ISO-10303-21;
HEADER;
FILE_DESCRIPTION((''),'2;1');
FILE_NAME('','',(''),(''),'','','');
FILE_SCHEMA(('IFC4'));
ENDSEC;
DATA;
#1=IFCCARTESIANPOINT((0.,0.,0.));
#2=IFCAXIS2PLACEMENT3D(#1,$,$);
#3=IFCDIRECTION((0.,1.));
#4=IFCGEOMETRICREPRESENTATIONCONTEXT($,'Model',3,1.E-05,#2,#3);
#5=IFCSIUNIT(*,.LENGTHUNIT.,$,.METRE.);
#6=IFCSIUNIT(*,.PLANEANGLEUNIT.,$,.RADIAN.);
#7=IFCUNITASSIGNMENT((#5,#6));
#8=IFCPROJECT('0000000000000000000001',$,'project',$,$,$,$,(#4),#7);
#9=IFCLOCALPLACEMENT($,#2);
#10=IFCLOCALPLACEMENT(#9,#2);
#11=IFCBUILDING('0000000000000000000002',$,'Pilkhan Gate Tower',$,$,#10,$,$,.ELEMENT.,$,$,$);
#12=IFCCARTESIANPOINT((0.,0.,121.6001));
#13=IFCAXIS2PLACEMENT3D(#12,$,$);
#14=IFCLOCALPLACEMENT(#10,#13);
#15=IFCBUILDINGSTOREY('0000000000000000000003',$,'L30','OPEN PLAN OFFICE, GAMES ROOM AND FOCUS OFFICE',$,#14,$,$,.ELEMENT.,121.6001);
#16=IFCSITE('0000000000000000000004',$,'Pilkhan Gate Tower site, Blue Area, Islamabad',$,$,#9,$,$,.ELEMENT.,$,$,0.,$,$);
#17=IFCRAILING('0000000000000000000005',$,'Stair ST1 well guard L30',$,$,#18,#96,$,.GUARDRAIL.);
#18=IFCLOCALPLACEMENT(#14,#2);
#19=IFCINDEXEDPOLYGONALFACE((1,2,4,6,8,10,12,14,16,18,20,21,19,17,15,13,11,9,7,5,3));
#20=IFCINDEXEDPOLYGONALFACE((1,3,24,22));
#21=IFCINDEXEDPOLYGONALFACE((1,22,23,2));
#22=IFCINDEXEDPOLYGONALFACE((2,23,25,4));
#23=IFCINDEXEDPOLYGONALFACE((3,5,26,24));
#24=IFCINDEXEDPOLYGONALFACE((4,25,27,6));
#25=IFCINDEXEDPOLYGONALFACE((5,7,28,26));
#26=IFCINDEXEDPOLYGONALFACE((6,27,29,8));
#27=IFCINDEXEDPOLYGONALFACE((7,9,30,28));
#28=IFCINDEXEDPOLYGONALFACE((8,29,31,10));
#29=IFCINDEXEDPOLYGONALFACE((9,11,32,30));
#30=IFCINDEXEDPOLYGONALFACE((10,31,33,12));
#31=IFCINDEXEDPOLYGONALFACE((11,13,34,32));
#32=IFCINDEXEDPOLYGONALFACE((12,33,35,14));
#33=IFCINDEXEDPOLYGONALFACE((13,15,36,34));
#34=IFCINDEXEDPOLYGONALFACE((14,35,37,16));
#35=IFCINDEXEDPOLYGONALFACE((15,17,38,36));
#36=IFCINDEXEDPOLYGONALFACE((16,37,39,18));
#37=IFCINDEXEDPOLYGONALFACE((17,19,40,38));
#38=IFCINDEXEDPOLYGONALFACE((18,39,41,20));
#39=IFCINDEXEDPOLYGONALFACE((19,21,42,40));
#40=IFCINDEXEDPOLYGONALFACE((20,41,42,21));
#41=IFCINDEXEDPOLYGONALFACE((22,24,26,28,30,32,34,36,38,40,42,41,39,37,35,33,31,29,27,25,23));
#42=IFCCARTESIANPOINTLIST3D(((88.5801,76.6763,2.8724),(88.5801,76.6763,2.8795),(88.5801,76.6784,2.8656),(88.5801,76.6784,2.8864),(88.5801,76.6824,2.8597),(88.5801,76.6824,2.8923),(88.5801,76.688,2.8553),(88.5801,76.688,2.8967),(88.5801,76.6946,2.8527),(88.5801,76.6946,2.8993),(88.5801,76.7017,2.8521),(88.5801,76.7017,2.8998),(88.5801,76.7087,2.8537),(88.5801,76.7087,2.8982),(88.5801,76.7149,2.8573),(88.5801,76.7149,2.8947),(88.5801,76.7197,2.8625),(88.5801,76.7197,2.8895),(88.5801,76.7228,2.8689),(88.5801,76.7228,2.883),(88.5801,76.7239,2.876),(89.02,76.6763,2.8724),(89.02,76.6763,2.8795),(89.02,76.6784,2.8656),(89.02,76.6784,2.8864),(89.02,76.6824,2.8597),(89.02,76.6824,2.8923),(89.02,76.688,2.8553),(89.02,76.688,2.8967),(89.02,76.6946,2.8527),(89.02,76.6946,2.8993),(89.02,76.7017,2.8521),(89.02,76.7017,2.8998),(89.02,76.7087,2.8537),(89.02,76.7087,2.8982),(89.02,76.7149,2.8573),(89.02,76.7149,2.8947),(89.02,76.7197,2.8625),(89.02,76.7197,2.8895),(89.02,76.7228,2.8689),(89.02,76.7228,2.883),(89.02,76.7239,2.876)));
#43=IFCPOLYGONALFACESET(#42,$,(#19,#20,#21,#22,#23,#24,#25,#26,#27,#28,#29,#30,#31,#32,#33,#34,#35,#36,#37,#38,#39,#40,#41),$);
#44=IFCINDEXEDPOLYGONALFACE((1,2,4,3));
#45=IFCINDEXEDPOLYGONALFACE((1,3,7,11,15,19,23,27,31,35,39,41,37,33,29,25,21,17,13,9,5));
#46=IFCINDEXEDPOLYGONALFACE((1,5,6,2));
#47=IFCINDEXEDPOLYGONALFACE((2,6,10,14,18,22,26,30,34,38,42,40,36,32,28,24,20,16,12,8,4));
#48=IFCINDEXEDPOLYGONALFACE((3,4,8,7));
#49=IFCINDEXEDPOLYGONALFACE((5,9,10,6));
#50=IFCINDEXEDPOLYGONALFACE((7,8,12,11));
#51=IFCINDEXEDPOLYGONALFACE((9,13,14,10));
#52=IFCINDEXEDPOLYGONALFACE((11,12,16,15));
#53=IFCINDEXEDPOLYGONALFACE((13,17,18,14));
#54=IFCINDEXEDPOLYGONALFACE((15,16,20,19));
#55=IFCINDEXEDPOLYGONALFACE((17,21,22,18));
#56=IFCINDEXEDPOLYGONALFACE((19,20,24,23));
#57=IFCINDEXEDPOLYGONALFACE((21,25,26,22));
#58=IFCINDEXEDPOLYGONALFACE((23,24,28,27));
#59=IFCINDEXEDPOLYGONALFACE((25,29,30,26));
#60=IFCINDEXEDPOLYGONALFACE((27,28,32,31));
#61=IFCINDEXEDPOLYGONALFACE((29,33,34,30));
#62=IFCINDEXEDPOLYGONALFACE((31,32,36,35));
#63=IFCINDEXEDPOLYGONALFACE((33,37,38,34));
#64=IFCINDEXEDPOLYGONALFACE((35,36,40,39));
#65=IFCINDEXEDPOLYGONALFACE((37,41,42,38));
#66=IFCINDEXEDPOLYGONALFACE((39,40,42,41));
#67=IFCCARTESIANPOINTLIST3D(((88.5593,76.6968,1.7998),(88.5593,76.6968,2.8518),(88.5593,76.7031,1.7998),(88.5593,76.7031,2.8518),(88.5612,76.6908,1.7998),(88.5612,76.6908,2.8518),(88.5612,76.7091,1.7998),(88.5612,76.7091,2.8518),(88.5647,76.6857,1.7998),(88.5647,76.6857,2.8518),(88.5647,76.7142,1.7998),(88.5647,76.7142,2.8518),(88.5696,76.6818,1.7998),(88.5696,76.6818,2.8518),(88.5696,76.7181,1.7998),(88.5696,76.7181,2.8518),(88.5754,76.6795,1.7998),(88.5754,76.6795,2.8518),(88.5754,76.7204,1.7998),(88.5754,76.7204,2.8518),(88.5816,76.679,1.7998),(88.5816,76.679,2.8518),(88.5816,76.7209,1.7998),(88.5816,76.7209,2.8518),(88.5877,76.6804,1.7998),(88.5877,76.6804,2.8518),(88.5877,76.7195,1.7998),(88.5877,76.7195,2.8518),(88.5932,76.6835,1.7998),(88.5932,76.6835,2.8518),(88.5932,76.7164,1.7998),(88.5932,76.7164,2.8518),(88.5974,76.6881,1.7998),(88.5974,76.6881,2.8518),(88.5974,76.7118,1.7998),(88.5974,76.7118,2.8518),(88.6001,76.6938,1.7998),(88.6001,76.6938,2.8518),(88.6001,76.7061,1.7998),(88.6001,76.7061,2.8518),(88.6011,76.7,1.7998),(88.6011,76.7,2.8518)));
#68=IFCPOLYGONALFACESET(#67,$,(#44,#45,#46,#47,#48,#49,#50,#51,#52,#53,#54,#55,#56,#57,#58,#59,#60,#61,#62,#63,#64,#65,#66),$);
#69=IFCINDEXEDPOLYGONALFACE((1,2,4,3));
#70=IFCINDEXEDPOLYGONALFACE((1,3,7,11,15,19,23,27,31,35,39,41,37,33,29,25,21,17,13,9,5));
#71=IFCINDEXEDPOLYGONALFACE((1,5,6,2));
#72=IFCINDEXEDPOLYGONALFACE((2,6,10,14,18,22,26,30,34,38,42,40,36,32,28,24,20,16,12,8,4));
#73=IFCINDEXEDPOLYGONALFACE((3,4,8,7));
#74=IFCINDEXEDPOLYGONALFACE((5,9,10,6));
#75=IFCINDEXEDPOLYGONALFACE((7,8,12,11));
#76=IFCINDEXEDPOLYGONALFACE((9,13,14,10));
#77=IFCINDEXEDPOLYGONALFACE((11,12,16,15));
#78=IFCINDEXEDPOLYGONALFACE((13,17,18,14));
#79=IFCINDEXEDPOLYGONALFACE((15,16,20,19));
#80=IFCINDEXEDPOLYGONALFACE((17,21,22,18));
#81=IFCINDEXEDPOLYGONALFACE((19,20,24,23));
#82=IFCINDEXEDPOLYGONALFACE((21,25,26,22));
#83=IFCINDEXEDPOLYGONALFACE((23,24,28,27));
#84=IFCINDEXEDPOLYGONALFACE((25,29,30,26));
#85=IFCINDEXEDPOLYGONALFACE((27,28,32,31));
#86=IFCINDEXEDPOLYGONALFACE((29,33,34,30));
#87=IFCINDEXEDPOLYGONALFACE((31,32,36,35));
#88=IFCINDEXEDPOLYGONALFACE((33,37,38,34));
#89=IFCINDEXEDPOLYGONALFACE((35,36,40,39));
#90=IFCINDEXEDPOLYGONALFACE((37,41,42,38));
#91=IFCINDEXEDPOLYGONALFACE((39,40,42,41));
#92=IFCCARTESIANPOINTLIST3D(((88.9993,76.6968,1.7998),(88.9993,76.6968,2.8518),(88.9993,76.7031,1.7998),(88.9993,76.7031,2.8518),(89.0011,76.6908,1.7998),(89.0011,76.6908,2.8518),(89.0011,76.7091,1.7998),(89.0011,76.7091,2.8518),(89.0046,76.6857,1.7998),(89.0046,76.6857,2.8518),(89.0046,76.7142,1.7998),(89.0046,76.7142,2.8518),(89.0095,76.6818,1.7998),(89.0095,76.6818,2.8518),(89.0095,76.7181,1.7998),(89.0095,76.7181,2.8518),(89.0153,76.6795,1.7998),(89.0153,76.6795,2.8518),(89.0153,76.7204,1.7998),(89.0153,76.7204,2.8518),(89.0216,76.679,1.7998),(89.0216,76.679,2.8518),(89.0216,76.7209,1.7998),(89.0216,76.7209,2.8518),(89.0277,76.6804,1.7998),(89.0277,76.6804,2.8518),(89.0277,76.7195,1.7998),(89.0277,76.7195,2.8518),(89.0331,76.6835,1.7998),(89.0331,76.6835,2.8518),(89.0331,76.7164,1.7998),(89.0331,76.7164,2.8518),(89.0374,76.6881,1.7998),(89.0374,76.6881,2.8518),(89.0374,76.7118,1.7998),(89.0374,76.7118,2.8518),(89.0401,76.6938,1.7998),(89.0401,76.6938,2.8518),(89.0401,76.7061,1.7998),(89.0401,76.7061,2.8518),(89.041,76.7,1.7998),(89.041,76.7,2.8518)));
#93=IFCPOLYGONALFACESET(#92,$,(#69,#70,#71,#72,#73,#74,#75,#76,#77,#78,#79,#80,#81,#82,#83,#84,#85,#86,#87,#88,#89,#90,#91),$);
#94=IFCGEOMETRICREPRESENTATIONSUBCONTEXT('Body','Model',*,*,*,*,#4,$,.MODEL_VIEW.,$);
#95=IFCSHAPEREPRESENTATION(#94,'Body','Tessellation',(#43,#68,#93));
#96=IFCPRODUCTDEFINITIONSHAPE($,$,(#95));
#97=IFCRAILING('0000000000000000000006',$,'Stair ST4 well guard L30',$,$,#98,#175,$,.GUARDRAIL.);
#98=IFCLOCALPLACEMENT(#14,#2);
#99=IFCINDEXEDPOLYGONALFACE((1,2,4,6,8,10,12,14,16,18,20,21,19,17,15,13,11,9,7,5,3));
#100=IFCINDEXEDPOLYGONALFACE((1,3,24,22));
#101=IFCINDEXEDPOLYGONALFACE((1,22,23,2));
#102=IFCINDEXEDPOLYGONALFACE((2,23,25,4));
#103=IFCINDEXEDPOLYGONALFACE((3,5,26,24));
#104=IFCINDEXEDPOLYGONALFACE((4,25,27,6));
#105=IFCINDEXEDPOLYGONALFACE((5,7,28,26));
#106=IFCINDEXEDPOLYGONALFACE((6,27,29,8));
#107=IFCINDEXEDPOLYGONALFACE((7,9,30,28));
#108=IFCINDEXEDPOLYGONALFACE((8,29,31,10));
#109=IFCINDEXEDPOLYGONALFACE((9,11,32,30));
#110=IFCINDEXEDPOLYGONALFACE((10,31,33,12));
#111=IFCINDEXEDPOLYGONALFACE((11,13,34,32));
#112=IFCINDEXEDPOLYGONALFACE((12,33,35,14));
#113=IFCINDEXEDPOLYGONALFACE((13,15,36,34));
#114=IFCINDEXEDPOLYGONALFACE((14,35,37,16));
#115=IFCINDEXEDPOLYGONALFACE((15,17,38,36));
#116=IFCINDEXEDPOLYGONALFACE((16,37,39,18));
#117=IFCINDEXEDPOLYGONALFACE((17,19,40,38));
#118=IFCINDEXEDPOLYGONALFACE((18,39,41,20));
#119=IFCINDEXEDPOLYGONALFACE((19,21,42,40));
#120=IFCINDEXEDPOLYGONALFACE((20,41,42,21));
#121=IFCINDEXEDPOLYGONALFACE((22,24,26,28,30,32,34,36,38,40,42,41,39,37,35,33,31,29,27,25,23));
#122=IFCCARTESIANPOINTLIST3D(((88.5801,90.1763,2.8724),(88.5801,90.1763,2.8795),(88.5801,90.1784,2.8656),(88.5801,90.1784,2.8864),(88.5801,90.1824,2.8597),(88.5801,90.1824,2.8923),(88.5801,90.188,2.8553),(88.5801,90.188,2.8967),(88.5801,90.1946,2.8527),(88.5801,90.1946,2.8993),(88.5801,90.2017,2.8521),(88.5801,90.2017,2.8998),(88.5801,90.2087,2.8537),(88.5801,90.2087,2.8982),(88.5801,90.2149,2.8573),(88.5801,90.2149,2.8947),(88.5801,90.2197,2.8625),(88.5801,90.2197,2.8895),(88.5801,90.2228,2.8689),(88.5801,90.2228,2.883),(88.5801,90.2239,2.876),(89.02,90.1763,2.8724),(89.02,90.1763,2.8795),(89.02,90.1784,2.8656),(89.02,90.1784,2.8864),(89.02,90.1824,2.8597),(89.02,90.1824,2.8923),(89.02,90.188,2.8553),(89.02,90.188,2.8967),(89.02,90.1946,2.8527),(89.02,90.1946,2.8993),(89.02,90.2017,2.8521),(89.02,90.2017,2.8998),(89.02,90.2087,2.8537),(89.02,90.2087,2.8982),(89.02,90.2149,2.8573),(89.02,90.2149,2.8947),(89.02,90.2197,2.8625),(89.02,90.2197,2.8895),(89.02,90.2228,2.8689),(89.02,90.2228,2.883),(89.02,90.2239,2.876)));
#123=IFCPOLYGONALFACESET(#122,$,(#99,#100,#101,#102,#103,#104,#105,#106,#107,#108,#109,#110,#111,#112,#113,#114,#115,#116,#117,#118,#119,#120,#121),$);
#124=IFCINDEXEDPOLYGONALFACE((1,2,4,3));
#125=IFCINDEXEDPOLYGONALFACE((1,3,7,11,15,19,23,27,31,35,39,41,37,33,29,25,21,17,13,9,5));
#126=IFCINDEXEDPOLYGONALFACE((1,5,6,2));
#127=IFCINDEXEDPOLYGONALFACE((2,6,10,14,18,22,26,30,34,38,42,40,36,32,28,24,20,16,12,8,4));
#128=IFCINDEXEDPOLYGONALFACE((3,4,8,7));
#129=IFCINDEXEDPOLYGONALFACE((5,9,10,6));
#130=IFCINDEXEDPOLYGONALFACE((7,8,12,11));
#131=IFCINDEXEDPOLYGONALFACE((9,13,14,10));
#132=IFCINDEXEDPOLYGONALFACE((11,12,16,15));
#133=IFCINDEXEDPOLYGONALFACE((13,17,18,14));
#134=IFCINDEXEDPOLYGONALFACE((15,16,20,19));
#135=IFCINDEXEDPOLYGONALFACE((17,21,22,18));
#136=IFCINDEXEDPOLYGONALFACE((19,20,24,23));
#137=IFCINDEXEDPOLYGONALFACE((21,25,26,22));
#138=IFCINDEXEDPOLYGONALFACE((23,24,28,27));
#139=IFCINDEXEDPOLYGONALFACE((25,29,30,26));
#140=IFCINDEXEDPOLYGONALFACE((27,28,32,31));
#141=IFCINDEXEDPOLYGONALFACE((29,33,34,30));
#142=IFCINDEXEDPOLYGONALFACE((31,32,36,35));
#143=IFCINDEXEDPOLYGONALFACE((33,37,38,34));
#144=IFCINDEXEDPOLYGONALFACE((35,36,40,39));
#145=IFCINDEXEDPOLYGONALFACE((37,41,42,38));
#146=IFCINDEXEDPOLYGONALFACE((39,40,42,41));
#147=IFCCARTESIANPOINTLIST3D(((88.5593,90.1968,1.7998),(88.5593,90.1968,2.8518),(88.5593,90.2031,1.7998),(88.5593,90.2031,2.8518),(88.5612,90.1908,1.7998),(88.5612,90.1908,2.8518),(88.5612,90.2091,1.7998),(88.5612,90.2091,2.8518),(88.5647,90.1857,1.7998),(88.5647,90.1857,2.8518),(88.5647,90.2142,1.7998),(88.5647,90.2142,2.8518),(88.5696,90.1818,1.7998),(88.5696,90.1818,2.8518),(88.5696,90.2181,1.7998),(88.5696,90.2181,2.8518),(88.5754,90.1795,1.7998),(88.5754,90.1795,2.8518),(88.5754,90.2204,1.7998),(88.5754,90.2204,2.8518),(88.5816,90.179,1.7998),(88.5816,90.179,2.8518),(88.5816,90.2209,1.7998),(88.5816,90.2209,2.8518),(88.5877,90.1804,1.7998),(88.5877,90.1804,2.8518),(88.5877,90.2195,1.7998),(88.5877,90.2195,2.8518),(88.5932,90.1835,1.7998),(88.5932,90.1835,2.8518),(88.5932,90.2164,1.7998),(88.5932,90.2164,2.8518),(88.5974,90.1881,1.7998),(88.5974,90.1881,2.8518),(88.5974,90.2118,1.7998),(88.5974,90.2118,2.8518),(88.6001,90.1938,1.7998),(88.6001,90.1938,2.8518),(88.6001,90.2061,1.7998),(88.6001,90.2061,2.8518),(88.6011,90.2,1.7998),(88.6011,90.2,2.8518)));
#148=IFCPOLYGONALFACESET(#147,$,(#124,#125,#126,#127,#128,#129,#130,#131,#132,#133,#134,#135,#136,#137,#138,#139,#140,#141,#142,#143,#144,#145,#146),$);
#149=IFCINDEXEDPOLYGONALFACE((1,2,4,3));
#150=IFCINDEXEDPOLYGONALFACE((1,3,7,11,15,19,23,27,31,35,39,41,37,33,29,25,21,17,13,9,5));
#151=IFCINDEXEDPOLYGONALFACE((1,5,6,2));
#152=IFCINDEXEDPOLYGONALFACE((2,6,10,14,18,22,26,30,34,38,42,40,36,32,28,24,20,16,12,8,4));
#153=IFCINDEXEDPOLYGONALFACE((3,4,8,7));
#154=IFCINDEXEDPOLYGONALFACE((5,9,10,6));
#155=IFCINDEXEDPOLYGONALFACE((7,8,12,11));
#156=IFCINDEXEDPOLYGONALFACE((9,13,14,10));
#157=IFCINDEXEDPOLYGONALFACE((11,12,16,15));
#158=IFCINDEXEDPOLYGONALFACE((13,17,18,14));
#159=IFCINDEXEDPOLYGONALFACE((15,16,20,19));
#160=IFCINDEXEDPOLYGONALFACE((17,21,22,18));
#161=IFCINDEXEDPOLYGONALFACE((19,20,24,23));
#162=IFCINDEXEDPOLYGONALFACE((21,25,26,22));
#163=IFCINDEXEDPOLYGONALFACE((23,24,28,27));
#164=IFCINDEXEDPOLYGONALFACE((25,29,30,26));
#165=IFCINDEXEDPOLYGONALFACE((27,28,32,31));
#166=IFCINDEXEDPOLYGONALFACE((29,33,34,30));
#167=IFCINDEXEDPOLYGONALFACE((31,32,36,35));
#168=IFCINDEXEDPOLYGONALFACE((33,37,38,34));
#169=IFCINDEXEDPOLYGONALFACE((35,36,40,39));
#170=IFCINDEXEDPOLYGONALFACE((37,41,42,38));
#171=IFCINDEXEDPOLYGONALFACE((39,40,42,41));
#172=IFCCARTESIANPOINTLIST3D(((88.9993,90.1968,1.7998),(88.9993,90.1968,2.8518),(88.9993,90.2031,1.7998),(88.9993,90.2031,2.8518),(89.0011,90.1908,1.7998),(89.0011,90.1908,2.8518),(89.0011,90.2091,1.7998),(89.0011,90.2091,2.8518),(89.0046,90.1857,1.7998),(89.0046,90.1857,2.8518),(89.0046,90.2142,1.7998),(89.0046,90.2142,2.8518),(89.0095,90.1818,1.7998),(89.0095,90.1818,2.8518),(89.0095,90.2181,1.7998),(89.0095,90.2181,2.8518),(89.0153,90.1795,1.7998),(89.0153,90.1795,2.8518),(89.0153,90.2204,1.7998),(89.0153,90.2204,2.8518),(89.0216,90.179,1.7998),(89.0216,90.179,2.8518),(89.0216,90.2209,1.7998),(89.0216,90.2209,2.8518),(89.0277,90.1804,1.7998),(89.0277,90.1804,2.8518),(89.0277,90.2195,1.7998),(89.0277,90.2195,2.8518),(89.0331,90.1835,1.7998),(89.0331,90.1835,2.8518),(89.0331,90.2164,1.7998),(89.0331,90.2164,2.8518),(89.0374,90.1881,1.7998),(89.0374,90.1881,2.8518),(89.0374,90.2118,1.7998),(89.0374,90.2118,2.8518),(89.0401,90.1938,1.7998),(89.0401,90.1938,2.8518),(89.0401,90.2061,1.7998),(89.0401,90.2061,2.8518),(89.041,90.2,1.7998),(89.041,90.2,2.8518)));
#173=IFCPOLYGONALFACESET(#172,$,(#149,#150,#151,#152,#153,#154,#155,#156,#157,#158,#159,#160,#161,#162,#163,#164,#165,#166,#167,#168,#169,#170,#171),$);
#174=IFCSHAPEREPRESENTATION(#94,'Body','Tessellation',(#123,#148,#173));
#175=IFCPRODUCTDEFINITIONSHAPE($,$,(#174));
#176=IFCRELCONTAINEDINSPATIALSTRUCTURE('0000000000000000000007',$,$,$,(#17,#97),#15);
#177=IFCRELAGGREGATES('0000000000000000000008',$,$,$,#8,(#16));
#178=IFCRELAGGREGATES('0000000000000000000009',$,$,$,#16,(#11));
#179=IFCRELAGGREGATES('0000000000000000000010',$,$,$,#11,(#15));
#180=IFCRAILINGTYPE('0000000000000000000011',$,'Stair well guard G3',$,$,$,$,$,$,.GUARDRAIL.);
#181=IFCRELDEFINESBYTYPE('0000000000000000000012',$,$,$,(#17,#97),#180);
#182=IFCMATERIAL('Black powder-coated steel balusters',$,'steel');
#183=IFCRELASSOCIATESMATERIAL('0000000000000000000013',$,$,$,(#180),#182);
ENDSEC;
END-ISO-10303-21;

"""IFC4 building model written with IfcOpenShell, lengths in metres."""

from ifc_helpers import new_model, si_unit, direction, frame, origin, origin_2d, place, context, subcontext, project, spatial, circle, extrude, material, type_object, element, save


model = new_model("IFC4")

# Units and contexts
model_context = context("Model", 3, precision=1e-05, world=origin(), true_north=direction((0.0, 1.0)))
body_context = subcontext(model_context, "Body", "Model", "MODEL_VIEW")
ifc_project = project(units=[si_unit("LENGTHUNIT", "METRE"), si_unit("PLANEANGLEUNIT", "RADIAN")], contexts=[model_context])

# Site, building, storey
site_placement = place(None, origin())
site = spatial("IfcSite", under=ifc_project, at=site_placement, Name="Pilkhan Gate Tower site, Blue Area, Islamabad", CompositionType="ELEMENT", RefElevation=0.0)
building_placement = place(site_placement, origin())
building = spatial("IfcBuilding", under=site, at=building_placement, Name="Pilkhan Gate Tower", CompositionType="ELEMENT")
storey_placement = place(building_placement, frame((0.0, 0.0, 121.6001)))
storey = spatial("IfcBuildingStorey", under=building, at=storey_placement, Name="L30", Description="OPEN PLAN OFFICE, GAMES ROOM AND FOCUS OFFICE", CompositionType="ELEMENT", Elevation=121.6001)

# Railings
ifc_material_1 = material(Name="Black powder-coated steel balusters", Category="steel")
railing_type_1 = type_object("IfcRailingType", Name="Stair well guard G3", PredefinedType="GUARDRAIL", material=ifc_material_1)
for number, where, name in (
    (1, (88.5801, 76.7, 1.7998), "Stair ST1 well guard L30"),
    (2, (88.5801, 90.2, 1.7998), "Stair ST4 well guard L30"),
):
    element("IfcRailing", number, at=place(storey_placement, frame(where)), inside=storey, type_object=railing_type_1, Name=name, PredefinedType="GUARDRAIL", context=body_context, shape_type="SweptSolid", body=[
        extrude(circle(Radius=0.0239, at=origin_2d()), frame((0.0, 0.0, 1.0762), z_axis=(1.0, 0.0, 0.0), x_axis=(0.0, 1.0, 0.0)), (0.0, 0.0, 1.0), 0.4399),
        extrude(circle(Radius=0.021, at=origin_2d()), origin(), (0.0, 0.0, 1.0), 1.052),
        extrude(circle(Radius=0.021, at=origin_2d()), frame((0.4399, 0.0, 0.0)), (0.0, 0.0, 1.0), 1.052),
    ])

save(model, "model.ifc")
